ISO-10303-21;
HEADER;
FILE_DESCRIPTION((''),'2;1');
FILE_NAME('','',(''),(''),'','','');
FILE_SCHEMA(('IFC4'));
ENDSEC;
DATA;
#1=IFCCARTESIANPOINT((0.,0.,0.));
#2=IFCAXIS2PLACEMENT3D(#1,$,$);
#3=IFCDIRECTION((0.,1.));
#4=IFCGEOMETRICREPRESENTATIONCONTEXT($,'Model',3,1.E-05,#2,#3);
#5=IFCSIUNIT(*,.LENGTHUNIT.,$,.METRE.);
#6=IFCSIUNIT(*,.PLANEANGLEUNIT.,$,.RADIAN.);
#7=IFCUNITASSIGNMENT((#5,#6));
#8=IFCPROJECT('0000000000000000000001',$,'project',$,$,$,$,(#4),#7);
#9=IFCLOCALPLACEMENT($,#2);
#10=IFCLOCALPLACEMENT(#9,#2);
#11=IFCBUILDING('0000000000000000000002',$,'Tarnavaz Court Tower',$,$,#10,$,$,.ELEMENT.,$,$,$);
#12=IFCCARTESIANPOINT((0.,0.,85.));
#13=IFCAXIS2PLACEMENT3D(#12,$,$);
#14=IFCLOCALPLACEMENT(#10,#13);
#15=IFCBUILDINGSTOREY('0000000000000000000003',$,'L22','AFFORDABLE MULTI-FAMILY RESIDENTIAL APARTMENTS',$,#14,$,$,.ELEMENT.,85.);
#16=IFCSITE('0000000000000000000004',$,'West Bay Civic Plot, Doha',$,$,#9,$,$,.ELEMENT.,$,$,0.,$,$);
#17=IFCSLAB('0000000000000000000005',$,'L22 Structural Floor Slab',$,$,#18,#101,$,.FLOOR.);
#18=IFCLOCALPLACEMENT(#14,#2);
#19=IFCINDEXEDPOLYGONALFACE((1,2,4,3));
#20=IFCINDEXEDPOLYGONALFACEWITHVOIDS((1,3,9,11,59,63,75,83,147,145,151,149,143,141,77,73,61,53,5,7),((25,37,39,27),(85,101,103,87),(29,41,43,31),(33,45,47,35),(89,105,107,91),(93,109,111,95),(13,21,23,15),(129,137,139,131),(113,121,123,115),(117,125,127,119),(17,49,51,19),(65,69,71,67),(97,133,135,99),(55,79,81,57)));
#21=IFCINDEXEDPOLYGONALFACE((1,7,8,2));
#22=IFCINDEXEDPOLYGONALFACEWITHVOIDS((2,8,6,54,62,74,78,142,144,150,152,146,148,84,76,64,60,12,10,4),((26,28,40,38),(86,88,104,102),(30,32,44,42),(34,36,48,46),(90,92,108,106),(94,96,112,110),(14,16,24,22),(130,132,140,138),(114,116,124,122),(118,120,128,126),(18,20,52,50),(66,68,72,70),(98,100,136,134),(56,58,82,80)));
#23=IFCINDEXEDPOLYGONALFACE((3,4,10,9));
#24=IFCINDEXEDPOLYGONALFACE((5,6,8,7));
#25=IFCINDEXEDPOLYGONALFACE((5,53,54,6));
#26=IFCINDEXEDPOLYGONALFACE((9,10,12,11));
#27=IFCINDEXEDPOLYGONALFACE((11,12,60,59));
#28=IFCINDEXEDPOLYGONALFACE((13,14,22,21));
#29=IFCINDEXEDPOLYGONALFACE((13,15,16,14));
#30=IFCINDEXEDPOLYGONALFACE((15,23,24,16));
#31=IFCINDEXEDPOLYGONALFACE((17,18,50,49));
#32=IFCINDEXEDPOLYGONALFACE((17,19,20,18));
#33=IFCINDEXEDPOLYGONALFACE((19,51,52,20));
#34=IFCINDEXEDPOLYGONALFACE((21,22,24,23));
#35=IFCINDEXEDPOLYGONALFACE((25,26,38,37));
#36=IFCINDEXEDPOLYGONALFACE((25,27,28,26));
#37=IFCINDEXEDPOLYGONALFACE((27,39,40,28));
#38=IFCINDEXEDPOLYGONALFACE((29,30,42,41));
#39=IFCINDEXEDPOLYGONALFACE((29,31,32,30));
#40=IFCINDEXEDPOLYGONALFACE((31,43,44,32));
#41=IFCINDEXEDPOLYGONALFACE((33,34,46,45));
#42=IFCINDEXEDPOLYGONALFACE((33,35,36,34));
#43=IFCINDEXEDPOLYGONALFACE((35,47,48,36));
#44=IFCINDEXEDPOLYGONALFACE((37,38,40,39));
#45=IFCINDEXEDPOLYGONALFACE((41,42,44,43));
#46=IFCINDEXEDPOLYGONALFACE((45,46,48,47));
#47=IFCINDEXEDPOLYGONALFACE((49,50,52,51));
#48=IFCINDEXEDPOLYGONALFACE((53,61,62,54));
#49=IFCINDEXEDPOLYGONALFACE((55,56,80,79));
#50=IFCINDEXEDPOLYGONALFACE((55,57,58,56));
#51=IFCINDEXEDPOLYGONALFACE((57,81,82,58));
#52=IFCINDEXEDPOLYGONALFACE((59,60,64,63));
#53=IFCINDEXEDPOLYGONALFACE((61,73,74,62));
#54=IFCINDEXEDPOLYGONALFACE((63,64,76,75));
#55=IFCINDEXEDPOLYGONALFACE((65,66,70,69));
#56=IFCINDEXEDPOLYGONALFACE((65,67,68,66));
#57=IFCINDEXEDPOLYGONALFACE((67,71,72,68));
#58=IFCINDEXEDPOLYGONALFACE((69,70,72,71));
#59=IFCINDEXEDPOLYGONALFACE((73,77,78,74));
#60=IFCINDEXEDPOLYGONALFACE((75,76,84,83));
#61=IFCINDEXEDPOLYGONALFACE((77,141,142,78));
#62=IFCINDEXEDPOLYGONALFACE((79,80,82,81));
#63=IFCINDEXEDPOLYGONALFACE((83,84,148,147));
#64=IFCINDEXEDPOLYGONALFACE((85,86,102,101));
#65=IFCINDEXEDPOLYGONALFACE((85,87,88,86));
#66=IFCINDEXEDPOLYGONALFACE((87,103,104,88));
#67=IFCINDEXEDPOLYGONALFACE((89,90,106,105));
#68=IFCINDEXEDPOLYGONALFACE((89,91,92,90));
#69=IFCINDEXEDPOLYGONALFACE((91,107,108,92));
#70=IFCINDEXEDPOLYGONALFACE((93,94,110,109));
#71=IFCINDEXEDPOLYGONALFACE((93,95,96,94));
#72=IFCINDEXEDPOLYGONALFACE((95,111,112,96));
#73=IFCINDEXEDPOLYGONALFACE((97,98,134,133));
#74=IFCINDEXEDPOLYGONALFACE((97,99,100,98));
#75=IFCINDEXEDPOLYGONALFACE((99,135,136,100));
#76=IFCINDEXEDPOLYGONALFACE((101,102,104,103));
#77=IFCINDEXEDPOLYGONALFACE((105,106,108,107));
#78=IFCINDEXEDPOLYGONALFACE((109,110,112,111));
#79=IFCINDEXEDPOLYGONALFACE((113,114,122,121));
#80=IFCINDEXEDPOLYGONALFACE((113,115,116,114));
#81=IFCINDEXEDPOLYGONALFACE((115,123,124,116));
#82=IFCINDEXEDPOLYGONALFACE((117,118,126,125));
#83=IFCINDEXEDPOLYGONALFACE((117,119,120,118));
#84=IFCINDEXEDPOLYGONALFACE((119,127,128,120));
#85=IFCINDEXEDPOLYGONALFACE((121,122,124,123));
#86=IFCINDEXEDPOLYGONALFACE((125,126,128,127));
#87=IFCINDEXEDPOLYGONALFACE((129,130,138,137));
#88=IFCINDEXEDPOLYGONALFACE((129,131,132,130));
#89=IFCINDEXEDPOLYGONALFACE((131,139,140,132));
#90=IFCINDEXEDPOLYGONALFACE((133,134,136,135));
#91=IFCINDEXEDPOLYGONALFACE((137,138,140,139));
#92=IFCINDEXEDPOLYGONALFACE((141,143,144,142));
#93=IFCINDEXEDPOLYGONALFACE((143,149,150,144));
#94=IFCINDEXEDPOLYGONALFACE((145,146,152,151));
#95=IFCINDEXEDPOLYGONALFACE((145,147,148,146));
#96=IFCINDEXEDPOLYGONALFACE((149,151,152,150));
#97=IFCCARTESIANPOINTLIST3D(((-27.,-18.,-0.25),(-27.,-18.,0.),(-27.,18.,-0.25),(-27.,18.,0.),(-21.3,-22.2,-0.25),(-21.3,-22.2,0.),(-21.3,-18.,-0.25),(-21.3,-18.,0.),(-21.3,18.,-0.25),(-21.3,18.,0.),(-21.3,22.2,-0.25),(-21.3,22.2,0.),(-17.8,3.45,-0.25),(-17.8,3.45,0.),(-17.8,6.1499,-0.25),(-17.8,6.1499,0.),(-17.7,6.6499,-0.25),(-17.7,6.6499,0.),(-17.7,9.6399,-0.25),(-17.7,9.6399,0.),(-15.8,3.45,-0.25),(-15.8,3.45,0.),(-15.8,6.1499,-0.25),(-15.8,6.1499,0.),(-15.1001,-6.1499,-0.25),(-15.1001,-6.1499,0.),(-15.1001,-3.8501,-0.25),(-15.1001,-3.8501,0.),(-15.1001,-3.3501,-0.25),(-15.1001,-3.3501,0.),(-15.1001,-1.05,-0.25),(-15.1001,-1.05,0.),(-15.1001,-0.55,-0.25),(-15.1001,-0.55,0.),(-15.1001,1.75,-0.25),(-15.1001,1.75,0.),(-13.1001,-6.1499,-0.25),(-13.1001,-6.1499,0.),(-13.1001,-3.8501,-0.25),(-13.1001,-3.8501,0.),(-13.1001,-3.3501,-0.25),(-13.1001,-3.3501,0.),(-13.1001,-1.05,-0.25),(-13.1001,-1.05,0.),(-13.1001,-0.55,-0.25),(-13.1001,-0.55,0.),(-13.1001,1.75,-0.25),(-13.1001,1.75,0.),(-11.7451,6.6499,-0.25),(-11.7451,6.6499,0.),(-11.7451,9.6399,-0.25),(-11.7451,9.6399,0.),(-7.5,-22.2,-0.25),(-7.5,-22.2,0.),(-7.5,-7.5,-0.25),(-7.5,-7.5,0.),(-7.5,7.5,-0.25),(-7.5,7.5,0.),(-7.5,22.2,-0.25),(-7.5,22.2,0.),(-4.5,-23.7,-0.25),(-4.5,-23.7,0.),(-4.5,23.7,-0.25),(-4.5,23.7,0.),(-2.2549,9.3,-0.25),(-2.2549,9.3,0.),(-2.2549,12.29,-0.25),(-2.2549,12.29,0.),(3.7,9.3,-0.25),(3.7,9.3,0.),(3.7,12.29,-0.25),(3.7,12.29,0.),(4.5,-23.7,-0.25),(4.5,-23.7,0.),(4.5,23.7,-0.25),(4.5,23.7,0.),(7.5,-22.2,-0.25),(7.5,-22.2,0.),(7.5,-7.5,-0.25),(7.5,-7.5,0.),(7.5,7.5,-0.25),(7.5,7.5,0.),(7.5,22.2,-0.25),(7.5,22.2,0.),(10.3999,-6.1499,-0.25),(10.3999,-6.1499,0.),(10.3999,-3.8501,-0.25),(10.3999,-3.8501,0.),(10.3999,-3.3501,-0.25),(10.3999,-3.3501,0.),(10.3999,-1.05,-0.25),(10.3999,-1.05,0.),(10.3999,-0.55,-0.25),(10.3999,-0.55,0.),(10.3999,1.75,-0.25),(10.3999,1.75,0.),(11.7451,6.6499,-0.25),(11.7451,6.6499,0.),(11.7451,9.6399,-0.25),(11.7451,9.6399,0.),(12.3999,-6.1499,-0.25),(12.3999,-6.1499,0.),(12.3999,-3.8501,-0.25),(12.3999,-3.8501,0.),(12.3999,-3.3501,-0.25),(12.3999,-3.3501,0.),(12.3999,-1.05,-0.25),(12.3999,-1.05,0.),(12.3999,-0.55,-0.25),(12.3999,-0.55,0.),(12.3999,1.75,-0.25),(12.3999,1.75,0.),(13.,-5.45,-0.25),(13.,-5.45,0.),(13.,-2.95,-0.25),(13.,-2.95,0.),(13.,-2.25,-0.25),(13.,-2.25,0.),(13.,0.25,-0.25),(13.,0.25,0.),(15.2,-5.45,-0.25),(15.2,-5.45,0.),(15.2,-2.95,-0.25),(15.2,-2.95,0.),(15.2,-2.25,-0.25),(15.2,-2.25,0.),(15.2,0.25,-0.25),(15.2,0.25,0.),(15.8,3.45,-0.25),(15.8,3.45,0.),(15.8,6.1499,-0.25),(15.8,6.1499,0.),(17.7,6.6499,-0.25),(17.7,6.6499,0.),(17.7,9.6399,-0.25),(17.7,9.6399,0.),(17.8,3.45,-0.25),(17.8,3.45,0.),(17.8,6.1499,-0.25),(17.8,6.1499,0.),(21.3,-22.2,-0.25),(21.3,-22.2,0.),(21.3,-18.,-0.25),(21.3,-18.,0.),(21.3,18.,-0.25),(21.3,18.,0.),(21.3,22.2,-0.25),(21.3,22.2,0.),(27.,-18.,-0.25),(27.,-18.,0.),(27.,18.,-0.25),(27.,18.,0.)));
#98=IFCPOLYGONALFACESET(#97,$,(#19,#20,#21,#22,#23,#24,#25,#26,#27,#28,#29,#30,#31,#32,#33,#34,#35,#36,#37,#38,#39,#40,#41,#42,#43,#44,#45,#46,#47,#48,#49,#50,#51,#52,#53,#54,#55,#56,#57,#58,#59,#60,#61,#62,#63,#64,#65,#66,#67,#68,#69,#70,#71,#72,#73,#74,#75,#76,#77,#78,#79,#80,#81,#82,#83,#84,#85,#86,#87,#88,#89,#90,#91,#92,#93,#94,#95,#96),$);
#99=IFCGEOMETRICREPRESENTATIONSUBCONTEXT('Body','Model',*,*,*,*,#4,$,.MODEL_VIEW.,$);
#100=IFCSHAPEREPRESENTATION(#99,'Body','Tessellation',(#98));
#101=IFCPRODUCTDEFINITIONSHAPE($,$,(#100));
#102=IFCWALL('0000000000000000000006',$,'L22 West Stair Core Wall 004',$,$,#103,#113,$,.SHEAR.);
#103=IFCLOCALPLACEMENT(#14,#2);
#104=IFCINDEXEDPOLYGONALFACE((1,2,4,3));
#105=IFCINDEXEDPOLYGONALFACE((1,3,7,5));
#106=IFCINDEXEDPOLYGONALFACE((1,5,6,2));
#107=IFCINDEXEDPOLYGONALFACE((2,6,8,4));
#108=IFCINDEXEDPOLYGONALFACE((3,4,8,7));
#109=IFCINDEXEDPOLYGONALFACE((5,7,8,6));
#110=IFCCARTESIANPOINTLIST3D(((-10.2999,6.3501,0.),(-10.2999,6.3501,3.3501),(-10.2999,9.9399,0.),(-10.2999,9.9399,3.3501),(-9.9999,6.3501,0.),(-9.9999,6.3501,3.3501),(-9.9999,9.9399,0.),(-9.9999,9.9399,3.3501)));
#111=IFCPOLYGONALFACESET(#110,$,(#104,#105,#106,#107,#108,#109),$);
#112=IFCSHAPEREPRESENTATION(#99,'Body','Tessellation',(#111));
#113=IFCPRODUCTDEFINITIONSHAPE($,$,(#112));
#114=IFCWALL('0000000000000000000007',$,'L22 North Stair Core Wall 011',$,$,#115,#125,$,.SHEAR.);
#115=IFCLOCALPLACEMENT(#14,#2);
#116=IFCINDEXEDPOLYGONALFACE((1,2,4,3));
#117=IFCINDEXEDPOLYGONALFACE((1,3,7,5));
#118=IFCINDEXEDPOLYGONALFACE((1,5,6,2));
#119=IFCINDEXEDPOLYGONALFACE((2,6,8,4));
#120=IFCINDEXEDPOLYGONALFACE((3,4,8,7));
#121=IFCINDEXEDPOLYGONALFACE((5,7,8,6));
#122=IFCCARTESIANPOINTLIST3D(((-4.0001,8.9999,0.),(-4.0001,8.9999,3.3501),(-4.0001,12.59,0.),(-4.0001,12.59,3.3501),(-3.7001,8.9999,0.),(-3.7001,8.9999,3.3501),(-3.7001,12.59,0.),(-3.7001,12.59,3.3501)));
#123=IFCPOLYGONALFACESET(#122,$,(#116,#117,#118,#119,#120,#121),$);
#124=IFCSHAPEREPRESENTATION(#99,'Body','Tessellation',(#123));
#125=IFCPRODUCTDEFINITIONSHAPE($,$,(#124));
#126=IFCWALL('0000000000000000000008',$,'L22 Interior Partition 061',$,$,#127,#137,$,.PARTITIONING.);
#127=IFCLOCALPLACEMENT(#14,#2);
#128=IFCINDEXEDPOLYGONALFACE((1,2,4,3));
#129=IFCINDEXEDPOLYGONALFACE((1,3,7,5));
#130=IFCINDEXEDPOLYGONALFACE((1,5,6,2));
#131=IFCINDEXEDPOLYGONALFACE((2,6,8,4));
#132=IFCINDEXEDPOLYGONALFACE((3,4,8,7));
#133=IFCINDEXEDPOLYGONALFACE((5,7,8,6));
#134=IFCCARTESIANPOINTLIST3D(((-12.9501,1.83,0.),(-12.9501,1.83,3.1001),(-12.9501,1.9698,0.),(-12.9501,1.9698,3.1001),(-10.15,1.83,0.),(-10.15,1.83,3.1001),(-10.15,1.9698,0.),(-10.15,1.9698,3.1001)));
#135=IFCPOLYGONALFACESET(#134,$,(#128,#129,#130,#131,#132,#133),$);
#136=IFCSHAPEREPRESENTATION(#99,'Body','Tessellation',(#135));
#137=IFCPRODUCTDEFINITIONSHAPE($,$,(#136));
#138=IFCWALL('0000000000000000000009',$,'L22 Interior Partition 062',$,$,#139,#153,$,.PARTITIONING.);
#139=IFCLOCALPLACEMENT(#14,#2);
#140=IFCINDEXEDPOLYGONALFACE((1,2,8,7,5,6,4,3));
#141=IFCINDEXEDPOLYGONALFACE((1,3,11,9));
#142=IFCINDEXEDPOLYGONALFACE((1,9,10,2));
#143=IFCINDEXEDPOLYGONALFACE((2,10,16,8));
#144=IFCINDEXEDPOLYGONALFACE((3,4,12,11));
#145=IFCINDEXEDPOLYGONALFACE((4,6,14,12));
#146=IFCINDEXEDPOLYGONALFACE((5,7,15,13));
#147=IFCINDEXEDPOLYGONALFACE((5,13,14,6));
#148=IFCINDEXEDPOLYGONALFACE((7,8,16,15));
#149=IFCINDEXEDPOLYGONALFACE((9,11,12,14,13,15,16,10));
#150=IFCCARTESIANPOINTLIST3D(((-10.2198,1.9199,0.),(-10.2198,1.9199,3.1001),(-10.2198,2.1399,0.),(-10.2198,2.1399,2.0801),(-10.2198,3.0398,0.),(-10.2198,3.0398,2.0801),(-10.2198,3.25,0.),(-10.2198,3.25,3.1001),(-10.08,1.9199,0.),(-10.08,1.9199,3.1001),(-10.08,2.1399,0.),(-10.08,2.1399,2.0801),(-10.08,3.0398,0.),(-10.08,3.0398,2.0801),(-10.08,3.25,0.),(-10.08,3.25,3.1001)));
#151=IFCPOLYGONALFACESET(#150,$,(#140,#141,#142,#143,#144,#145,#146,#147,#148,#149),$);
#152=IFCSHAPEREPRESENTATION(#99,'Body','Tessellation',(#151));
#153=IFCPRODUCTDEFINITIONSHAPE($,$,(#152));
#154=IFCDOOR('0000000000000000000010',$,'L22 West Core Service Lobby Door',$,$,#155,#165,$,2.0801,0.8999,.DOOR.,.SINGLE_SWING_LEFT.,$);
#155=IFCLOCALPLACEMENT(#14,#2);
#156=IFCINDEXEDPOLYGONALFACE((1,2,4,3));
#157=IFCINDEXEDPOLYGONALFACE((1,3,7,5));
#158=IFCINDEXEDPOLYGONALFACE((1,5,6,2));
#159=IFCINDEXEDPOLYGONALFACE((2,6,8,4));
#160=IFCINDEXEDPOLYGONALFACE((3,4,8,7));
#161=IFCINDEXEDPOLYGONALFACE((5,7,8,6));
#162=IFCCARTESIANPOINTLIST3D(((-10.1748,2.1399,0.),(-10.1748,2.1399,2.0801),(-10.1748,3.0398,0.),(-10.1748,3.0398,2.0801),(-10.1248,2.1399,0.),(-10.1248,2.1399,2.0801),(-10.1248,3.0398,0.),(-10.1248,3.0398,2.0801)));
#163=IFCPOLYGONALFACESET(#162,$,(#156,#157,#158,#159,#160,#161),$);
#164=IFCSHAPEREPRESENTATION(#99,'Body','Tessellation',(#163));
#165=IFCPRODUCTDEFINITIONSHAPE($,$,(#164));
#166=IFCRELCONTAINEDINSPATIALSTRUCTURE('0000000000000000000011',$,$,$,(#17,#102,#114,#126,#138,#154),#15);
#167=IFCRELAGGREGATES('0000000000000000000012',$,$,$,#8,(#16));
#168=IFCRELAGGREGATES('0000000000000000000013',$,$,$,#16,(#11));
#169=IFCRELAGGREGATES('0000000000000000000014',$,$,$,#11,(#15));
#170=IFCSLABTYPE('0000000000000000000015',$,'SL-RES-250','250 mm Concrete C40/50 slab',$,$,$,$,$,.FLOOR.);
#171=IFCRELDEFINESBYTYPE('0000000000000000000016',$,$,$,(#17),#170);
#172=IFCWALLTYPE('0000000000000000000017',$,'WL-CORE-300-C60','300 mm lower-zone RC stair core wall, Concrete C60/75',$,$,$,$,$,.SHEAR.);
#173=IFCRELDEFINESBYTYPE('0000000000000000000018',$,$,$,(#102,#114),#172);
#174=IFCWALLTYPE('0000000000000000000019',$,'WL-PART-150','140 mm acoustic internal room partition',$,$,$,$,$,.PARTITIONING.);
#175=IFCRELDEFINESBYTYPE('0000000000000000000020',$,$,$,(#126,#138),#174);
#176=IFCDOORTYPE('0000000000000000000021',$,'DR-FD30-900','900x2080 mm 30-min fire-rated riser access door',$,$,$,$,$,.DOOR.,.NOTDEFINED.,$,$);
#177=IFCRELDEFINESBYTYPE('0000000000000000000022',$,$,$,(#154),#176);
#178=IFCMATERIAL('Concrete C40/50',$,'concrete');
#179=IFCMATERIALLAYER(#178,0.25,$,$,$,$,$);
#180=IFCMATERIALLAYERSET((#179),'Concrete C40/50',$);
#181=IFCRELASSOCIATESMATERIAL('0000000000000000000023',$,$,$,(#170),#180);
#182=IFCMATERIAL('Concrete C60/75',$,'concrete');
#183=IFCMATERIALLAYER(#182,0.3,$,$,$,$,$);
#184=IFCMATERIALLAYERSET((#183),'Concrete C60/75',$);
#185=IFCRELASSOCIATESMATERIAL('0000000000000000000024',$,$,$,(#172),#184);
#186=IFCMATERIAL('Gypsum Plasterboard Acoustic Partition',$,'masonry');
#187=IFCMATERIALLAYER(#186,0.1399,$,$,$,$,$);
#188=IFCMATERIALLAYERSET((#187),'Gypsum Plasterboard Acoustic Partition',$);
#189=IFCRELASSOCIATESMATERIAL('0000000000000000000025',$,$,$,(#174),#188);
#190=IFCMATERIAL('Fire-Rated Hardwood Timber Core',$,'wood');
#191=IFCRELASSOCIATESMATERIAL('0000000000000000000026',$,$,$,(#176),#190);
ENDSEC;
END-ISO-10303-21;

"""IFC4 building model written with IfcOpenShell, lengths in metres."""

from ifc_helpers import new_model, si_unit, direction, frame, frame_2d, origin, place, context, subcontext, project, spatial, polyline, rectangle, outline, extrude, material, layer, layer_set, type_object, element, fill, save


model = new_model("IFC4")

# Units and contexts
model_context = context("Model", 3, precision=1e-05, world=origin(), true_north=direction((0.0, 1.0)))
body_context = subcontext(model_context, "Body", "Model", "MODEL_VIEW")
ifc_project = project(units=[si_unit("LENGTHUNIT", "METRE"), si_unit("PLANEANGLEUNIT", "RADIAN")], contexts=[model_context])

# Site, building, storey
site_placement = place(None, origin())
site = spatial("IfcSite", under=ifc_project, at=site_placement, Name="West Bay Civic Plot, Doha", CompositionType="ELEMENT", RefElevation=0.0)
building_placement = place(site_placement, origin())
building = spatial("IfcBuilding", under=site, at=building_placement, Name="Tarnavaz Court Tower", CompositionType="ELEMENT")
storey_placement = place(building_placement, frame((0.0, 0.0, 85.0)))
storey = spatial("IfcBuildingStorey", under=building, at=storey_placement, Name="L22", Description="AFFORDABLE MULTI-FAMILY RESIDENTIAL APARTMENTS", CompositionType="ELEMENT", Elevation=85.0)

# Shared definitions
ifc_material_1 = material(Name="Concrete C60/75", Category="concrete")

# Slab
ifc_material_2 = material(Name="Concrete C40/50", Category="concrete")
ifc_layer_1 = layer(ifc_material_2, 0.25)
ifc_layer_set_1 = layer_set([ifc_layer_1], Name="Concrete C40/50")
slab_type = type_object("IfcSlabType", Name="SL-RES-250", Description="250 mm Concrete C40/50 slab", PredefinedType="FLOOR", material=ifc_layer_set_1)
slab_placement = place(storey_placement, frame((0.0, 0.0, -0.25)))
element("IfcSlab", 1, at=slab_placement, inside=storey, type_object=slab_type, Name="L22 Structural Floor Slab", PredefinedType="FLOOR", context=body_context, shape_type="SweptSolid", body=[
    extrude(outline(polyline([(-21.3, -22.2), (-7.5, -22.2), (-4.5, -23.7), (4.5, -23.7), (7.5, -22.2), (21.3, -22.2), (21.3, -18.0), (27.0, -18.0), (27.0, 18.0), (21.3, 18.0), (21.3, 22.2), (7.5, 22.2), (4.5, 23.7), (-4.5, 23.7), (-7.5, 22.2), (-21.3, 22.2), (-21.3, 18.0), (-27.0, 18.0), (-27.0, -18.0), (-21.3, -18.0), (-21.3, -22.2)]), holes=[polyline([(-7.5, -7.5), (7.5, -7.5), (7.5, 7.5), (-7.5, 7.5), (-7.5, -7.5)]), polyline([(-11.7451, 9.6399), (-17.7, 9.6399), (-17.7, 6.6499), (-11.7451, 6.6499), (-11.7451, 9.6399)]), polyline([(11.7451, 6.6499), (17.7, 6.6499), (17.7, 9.6399), (11.7451, 9.6399), (11.7451, 6.6499)]), polyline([(-2.2549, 9.3), (3.7, 9.3), (3.7, 12.29), (-2.2549, 12.29), (-2.2549, 9.3)]), polyline([(-17.8, 3.45), (-15.8, 3.45), (-15.8, 6.1499), (-17.8, 6.1499), (-17.8, 3.45)]), polyline([(-15.1001, -6.1499), (-13.1001, -6.1499), (-13.1001, -3.8501), (-15.1001, -3.8501), (-15.1001, -6.1499)]), polyline([(-15.1001, -3.3501), (-13.1001, -3.3501), (-13.1001, -1.05), (-15.1001, -1.05), (-15.1001, -3.3501)]), polyline([(-15.1001, -0.55), (-13.1001, -0.55), (-13.1001, 1.75), (-15.1001, 1.75), (-15.1001, -0.55)]), polyline([(15.8, 3.45), (17.8, 3.45), (17.8, 6.1499), (15.8, 6.1499), (15.8, 3.45)]), polyline([(10.3999, -6.1499), (12.3999, -6.1499), (12.3999, -3.8501), (10.3999, -3.8501), (10.3999, -6.1499)]), polyline([(10.3999, -3.3501), (12.3999, -3.3501), (12.3999, -1.05), (10.3999, -1.05), (10.3999, -3.3501)]), polyline([(10.3999, -0.55), (12.3999, -0.55), (12.3999, 1.75), (10.3999, 1.75), (10.3999, -0.55)]), polyline([(13.0, -5.45), (15.2, -5.45), (15.2, -2.95), (13.0, -2.95), (13.0, -5.45)]), polyline([(13.0, -2.25), (15.2, -2.25), (15.2, 0.25), (13.0, 0.25), (13.0, -2.25)])]), origin(), (0.0, 0.0, 1.0), 0.25),
])

# Wall
ifc_layer_2 = layer(ifc_material_1, 0.3)
ifc_layer_set_2 = layer_set([ifc_layer_2], Name="Concrete C60/75")
wall_type_1 = type_object("IfcWallType", Name="WL-CORE-300-C60", Description="300 mm lower-zone RC stair core wall, Concrete C60/75", PredefinedType="SHEAR", material=ifc_layer_set_2)
wall_1_placement = place(storey_placement, frame((-10.1499, 6.3501, 0.0), z_axis=(0.0, 0.0, 1.0), x_axis=(0.0, 1.0, 0.0)))
element("IfcWall", 2, at=wall_1_placement, inside=storey, type_object=wall_type_1, Name="L22 West Stair Core Wall 004", PredefinedType="SHEAR", context=body_context, shape_type="SweptSolid", body=[
    extrude(rectangle(XDim=3.5898, YDim=0.3, at=frame_2d((1.7949, 0.0))), origin(), (0.0, 0.0, 1.0), 3.3501),
])

# Shared definitions
ifc_material_3 = material(Name="Fire-Rated Hardwood Timber Core", Category="wood")

# Wall
wall_2_placement = place(storey_placement, frame((-3.8501, 9.0, 0.0), z_axis=(0.0, 0.0, 1.0), x_axis=(0.0, 1.0, 0.0)))
element("IfcWall", 3, at=wall_2_placement, inside=storey, type_object=wall_type_1, Name="L22 North Stair Core Wall 011", PredefinedType="SHEAR", context=body_context, shape_type="SweptSolid", body=[
    extrude(rectangle(XDim=3.5901, YDim=0.3, at=frame_2d((1.7949, 0.0))), origin(), (0.0, 0.0, 1.0), 3.3501),
])

# Wall
ifc_material_4 = material(Name="Gypsum Plasterboard Acoustic Partition", Category="masonry")
ifc_layer_3 = layer(ifc_material_4, 0.1399)
ifc_layer_set_3 = layer_set([ifc_layer_3], Name="Gypsum Plasterboard Acoustic Partition")
wall_type_2 = type_object("IfcWallType", Name="WL-PART-150", Description="140 mm acoustic internal room partition", PredefinedType="PARTITIONING", material=ifc_layer_set_3)
wall_3_placement = place(storey_placement, frame((-12.95, 1.8999, 0.0), z_axis=(0.0, 0.0, 1.0), x_axis=(1.0, 0.0, 0.0)))
element("IfcWall", 4, at=wall_3_placement, inside=storey, type_object=wall_type_2, Name="L22 Interior Partition 061", PredefinedType="PARTITIONING", context=body_context, shape_type="SweptSolid", body=[
    extrude(rectangle(XDim=2.8, YDim=0.1399, at=frame_2d((1.3999, 0.0))), origin(), (0.0, 0.0, 1.0), 3.1001),
])

# Wall, opening, door
wall_4_placement = place(storey_placement, frame((-10.1499, 1.9199, 0.0), z_axis=(0.0, 0.0, 1.0), x_axis=(0.0, 1.0, 0.0)))
wall_4 = element("IfcWall", 5, at=wall_4_placement, inside=storey, type_object=wall_type_2, Name="L22 Interior Partition 062", PredefinedType="PARTITIONING", context=body_context, shape_type="SweptSolid", body=[
    extrude(rectangle(XDim=1.3301, YDim=0.1399, at=frame_2d((0.665, 0.0))), origin(), (0.0, 0.0, 1.0), 3.1001),
])
opening_1_placement = place(wall_4_placement, frame((0.22, 0.0, 0.0)))
opening_1 = element("IfcOpeningElement", 6, at=opening_1_placement, cuts=wall_4, PredefinedType="OPENING", context=body_context, shape_type="SweptSolid", body=[
    extrude(rectangle(XDim=0.8999, YDim=2.0801, at=frame_2d((0.45, 1.04))), frame((0.0, 0.0798, 0.0), z_axis=(0.0, -1.0, 0.0), x_axis=(1.0, 0.0, 0.0)), (0.0, 0.0, 1.0), 0.1599),
])
door_type_1 = type_object("IfcDoorType", Name="DR-FD30-900", Description="900x2080 mm 30-min fire-rated riser access door", OperationType="NOTDEFINED", PredefinedType="DOOR", material=ifc_material_3)
door_1_placement = place(opening_1_placement, origin())
door_1 = element("IfcDoor", 7, at=door_1_placement, inside=storey, type_object=door_type_1, Name="L22 West Core Service Lobby Door", OperationType="SINGLE_SWING_LEFT", OverallHeight=2.0801, OverallWidth=0.8999, PredefinedType="DOOR", context=body_context, shape_type="SweptSolid", body=[
    extrude(rectangle(XDim=0.8999, YDim=2.0801, at=frame_2d((0.45, 1.04))), frame((0.0, 0.0249, 0.0), z_axis=(0.0, -1.0, 0.0), x_axis=(1.0, 0.0, 0.0)), (0.0, 0.0, 1.0), 0.05),
])
fill(opening_1, door_1)

save(model, "model.ifc")
